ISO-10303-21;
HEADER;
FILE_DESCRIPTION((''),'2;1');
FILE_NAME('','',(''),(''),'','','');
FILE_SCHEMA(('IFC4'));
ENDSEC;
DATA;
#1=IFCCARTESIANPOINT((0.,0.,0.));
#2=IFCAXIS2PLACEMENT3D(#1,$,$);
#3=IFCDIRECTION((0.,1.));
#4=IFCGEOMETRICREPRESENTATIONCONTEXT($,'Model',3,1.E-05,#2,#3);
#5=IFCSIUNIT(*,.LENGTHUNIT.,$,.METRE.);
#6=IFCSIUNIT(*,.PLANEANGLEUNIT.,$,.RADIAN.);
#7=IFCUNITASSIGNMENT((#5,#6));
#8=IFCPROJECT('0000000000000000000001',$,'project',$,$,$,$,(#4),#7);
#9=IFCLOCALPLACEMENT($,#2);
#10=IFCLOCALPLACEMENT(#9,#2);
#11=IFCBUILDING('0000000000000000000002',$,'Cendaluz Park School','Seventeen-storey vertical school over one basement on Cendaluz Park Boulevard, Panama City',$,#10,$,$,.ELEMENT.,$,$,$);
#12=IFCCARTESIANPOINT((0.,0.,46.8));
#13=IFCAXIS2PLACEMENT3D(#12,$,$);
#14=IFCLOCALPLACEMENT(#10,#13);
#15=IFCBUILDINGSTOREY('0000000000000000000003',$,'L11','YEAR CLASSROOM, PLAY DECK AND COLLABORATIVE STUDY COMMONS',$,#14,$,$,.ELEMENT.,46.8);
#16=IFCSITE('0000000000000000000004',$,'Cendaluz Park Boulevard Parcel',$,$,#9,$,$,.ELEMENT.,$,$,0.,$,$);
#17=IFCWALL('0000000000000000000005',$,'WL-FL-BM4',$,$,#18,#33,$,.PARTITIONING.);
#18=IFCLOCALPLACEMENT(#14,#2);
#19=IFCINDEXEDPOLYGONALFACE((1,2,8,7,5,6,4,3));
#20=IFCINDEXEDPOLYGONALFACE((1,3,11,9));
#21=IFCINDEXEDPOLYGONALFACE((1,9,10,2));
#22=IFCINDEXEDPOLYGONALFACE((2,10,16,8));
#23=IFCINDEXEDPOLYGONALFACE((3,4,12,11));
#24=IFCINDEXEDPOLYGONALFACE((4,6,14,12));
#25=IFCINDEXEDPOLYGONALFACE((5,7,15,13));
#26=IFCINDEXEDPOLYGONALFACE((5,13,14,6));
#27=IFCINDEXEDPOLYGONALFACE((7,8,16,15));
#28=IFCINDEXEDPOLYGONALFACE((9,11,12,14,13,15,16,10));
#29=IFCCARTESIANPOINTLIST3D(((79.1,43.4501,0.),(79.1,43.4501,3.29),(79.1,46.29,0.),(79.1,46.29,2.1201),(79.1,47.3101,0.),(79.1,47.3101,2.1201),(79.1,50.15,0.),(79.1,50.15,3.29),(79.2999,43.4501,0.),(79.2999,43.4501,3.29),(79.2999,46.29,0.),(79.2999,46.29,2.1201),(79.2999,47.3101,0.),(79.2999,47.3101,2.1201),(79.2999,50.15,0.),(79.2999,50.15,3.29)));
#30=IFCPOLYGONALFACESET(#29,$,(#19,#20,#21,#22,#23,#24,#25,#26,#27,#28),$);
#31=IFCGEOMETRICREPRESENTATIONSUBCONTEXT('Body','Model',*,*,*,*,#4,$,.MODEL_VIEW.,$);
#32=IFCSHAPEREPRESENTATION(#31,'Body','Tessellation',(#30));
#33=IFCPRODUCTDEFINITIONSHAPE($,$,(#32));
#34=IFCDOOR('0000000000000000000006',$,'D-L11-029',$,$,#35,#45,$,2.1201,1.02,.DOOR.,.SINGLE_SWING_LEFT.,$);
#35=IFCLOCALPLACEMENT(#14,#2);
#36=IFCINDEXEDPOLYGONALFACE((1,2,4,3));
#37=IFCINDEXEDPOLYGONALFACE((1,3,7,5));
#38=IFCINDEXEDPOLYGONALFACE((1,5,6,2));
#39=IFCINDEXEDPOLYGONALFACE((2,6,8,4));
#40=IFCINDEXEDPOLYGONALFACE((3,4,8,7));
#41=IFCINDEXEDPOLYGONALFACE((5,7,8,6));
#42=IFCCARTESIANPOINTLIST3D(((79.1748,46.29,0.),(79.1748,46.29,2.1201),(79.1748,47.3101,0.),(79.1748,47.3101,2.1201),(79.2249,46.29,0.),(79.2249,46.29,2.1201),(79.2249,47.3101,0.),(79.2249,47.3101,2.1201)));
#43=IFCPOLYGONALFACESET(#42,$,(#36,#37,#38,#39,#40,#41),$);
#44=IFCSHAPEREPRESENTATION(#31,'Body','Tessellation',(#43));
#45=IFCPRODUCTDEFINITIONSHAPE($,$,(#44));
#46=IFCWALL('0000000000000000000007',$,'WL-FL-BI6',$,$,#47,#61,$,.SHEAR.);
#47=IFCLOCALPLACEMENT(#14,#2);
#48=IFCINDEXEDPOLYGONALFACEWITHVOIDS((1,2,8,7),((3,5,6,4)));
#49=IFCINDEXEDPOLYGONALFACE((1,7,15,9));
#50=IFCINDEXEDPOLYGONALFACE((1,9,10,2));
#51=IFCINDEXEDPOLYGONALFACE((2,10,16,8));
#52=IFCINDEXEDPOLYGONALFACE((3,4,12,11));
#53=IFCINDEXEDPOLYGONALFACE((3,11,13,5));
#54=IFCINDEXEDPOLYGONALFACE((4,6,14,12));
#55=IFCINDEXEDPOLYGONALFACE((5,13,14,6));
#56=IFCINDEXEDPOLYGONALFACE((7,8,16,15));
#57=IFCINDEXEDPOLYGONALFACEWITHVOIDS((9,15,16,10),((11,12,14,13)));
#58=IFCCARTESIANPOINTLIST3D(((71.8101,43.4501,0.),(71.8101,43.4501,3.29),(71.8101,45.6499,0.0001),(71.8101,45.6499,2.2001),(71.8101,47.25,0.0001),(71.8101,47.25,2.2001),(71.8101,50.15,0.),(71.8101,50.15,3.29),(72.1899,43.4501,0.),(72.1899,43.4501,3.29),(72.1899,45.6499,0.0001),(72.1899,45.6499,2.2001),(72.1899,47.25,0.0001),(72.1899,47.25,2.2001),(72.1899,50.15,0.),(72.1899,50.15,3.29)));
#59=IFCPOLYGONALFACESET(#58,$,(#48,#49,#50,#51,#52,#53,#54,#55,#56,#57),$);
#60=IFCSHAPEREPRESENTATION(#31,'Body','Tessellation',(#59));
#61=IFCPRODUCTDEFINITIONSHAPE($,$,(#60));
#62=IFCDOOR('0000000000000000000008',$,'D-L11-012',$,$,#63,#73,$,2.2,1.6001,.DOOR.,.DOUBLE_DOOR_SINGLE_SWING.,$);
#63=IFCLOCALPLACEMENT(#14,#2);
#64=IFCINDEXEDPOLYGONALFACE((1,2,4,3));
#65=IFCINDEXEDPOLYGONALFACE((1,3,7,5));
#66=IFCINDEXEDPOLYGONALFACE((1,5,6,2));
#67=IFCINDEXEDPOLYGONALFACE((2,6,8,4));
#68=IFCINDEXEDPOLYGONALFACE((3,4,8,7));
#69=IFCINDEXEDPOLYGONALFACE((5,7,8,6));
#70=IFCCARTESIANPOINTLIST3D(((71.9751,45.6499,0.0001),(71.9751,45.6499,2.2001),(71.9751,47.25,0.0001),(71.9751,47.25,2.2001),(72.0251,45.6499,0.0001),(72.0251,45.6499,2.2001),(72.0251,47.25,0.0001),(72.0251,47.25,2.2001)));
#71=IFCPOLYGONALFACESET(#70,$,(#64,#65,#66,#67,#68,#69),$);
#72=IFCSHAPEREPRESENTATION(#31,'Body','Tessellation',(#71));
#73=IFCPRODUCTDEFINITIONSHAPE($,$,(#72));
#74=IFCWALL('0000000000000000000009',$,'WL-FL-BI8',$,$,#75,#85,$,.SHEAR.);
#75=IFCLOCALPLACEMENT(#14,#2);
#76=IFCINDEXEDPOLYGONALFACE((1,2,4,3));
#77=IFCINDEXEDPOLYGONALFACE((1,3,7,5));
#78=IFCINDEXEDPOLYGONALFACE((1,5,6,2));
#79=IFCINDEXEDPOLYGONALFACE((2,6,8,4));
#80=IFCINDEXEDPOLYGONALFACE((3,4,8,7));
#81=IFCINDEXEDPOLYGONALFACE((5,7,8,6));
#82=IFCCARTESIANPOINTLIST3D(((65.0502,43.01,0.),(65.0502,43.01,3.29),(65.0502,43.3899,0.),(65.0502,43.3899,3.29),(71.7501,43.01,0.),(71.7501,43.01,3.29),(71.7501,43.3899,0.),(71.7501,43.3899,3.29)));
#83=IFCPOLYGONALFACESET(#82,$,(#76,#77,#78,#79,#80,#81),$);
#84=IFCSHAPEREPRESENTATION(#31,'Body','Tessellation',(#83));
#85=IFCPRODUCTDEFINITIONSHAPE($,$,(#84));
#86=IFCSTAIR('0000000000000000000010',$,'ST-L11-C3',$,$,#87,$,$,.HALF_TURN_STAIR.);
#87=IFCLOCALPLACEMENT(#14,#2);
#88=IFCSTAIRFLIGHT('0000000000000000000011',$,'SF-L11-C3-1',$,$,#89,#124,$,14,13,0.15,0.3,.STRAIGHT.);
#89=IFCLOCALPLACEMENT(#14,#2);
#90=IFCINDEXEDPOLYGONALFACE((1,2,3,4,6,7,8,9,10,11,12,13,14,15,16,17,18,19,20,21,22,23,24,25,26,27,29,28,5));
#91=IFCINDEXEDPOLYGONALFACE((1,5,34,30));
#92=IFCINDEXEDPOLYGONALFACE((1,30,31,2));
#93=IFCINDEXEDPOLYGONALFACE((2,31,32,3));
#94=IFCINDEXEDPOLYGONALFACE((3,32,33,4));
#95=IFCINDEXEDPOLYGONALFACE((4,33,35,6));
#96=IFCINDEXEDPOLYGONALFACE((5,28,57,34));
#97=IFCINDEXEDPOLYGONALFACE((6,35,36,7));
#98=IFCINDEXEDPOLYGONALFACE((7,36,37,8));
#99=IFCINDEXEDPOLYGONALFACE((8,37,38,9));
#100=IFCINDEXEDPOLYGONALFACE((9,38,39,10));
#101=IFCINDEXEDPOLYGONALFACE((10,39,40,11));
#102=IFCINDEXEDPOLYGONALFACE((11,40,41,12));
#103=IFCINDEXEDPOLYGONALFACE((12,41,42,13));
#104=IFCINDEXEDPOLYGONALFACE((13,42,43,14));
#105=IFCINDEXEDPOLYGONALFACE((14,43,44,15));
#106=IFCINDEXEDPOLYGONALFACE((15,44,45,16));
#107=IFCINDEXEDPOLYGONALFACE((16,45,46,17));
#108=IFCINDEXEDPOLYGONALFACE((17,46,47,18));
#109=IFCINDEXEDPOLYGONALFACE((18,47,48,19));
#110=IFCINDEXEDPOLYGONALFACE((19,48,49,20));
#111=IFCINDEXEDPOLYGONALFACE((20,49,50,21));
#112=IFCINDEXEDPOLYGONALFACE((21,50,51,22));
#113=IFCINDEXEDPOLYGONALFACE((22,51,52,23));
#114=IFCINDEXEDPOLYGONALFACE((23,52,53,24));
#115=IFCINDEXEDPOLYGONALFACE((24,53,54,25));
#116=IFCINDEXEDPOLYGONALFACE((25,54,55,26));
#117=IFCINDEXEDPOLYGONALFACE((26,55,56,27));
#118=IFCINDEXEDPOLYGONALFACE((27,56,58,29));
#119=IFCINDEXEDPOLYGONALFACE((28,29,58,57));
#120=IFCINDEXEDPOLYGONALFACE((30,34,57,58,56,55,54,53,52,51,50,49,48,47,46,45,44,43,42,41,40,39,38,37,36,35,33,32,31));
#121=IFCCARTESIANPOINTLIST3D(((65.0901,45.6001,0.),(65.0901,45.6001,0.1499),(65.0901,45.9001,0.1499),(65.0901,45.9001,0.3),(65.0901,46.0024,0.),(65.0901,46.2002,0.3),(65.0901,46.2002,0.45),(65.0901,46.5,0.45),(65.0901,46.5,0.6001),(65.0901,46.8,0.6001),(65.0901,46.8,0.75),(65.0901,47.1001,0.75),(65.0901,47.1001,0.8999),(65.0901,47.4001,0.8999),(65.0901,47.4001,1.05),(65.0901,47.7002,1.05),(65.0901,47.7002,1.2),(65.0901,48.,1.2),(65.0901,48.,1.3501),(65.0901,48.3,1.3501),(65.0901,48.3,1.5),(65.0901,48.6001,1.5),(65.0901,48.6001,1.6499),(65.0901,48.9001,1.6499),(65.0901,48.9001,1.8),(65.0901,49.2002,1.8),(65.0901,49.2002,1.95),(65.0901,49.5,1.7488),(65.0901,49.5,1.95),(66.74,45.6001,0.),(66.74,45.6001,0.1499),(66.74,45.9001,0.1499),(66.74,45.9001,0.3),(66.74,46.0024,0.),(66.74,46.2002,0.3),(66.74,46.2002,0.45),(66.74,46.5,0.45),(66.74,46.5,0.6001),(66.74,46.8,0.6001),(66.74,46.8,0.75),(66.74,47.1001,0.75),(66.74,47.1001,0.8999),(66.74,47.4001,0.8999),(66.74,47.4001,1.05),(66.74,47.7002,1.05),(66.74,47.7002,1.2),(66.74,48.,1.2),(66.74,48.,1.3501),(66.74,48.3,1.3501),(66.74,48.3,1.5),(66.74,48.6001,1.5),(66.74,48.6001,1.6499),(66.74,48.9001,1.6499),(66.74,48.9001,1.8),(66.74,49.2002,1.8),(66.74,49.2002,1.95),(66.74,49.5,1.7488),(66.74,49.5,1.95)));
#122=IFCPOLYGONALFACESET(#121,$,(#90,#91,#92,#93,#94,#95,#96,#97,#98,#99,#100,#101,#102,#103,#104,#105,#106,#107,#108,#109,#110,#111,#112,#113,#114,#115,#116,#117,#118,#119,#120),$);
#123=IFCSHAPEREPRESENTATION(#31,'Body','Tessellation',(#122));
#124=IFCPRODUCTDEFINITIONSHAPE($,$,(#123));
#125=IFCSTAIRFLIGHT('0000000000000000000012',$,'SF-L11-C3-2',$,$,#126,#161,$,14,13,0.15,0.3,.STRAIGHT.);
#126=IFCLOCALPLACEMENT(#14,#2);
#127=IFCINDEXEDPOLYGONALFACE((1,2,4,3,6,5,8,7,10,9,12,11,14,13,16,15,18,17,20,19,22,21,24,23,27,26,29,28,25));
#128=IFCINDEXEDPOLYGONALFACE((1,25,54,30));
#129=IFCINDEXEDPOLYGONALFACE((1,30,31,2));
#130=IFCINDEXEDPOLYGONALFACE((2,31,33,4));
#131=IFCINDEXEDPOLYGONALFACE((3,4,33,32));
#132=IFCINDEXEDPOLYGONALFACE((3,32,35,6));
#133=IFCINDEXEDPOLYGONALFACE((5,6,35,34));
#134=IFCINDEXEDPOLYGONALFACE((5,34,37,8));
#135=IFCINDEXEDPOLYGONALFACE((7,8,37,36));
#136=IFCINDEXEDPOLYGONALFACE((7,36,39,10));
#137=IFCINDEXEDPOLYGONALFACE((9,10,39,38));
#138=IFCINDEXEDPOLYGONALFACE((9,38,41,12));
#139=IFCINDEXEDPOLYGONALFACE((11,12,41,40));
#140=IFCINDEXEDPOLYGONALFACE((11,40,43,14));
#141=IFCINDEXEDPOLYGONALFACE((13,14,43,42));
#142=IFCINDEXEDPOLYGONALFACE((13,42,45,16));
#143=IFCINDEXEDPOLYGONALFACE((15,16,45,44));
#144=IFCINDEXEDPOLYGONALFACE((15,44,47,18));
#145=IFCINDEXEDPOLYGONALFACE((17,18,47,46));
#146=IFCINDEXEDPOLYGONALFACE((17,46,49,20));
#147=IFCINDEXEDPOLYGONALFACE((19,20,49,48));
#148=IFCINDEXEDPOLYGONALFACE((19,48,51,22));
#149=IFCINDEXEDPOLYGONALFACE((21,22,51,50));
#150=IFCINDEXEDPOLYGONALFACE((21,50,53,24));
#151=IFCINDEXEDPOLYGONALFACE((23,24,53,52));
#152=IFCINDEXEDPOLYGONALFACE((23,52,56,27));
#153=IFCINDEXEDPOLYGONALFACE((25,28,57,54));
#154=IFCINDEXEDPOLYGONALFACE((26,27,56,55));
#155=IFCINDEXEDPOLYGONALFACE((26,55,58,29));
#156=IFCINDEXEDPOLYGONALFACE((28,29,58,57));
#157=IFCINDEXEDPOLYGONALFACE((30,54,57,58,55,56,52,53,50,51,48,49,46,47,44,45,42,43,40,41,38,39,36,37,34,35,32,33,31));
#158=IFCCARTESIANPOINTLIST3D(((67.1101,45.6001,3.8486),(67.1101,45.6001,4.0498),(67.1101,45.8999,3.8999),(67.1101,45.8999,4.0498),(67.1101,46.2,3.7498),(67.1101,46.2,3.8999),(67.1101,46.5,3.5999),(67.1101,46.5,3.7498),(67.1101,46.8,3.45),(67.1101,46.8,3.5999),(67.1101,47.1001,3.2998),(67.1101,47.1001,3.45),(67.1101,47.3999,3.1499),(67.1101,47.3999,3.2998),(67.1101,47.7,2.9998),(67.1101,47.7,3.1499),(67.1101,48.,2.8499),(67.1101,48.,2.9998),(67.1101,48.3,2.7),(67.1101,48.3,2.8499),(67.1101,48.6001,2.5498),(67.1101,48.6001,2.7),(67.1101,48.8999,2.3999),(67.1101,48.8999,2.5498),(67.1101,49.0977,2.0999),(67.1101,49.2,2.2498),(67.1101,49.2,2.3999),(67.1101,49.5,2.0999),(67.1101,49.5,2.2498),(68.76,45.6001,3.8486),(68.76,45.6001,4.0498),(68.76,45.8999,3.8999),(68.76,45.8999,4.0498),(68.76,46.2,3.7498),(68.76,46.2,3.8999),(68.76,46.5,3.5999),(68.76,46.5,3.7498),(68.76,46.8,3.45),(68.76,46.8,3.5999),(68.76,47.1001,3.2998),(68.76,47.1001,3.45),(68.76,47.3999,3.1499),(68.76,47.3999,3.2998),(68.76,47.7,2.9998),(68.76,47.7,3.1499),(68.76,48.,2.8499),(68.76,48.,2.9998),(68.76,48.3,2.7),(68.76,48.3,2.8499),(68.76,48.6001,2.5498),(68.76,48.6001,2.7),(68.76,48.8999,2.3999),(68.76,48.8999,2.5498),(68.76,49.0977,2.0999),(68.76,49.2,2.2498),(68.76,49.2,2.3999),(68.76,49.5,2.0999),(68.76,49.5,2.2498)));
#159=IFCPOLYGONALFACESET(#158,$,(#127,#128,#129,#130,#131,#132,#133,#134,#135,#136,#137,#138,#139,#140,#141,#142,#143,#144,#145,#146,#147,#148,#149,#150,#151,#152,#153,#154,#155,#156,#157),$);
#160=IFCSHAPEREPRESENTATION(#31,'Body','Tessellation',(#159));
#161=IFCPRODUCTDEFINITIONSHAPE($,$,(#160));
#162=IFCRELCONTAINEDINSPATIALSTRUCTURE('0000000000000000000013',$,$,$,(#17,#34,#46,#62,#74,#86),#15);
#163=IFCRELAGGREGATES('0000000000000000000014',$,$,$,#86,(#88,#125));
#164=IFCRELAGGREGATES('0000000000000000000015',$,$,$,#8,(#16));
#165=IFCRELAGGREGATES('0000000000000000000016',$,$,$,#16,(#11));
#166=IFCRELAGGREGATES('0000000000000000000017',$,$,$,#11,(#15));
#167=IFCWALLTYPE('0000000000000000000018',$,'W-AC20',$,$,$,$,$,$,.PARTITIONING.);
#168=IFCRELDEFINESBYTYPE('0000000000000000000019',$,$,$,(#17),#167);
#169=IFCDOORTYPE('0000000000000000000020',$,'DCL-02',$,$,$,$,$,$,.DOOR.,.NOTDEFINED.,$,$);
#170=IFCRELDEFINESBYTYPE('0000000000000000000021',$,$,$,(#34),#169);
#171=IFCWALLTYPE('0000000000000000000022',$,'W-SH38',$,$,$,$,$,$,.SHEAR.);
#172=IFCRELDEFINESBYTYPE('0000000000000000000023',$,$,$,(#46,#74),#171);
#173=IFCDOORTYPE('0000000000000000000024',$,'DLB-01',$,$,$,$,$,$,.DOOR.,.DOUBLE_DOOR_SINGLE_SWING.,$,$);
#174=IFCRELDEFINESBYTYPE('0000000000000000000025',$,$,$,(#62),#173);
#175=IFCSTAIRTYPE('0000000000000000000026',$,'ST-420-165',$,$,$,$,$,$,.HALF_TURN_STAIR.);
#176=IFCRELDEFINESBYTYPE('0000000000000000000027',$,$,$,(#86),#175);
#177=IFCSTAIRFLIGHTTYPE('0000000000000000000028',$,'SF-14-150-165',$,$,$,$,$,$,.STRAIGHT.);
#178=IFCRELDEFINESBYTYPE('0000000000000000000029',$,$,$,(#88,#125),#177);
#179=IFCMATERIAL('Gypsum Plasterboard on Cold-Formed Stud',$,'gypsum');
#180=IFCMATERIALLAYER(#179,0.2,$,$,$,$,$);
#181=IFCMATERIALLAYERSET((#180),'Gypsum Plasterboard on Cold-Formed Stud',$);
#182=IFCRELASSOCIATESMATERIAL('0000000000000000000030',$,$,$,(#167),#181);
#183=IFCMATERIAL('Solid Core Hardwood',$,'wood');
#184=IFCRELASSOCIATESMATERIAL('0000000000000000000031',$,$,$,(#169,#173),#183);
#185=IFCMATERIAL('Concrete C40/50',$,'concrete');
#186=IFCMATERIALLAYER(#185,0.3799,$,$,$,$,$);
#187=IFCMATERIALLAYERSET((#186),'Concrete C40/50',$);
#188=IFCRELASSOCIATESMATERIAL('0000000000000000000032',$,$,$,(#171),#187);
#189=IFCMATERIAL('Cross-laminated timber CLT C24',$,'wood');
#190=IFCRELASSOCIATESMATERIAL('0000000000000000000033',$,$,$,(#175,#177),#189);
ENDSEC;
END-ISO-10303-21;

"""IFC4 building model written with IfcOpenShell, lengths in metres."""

from ifc_helpers import new_model, si_unit, direction, frame, frame_2d, origin, place, context, subcontext, project, spatial, polyline, rectangle, outline, extrude, material, layer, layer_set, type_object, element, fill, aggregate, save


model = new_model("IFC4")

# Units and contexts
model_context = context("Model", 3, precision=1e-05, world=origin(), true_north=direction((0.0, 1.0)))
body_context = subcontext(model_context, "Body", "Model", "MODEL_VIEW")
ifc_project = project(units=[si_unit("LENGTHUNIT", "METRE"), si_unit("PLANEANGLEUNIT", "RADIAN")], contexts=[model_context])

# Site, building, storey
site_placement = place(None, origin())
site = spatial("IfcSite", under=ifc_project, at=site_placement, Name="Cendaluz Park Boulevard Parcel", CompositionType="ELEMENT", RefElevation=0.0)
building_placement = place(site_placement, origin())
building = spatial("IfcBuilding", under=site, at=building_placement, Name="Cendaluz Park School", Description="Seventeen-storey vertical school over one basement on Cendaluz Park Boulevard, Panama City", CompositionType="ELEMENT")
storey_placement = place(building_placement, frame((0.0, 0.0, 46.8)))
storey = spatial("IfcBuildingStorey", under=building, at=storey_placement, Name="L11", Description="YEAR CLASSROOM, PLAY DECK AND COLLABORATIVE STUDY COMMONS", CompositionType="ELEMENT", Elevation=46.8)

# Wall, opening, door
ifc_material_1 = material(Name="Gypsum Plasterboard on Cold-Formed Stud", Category="gypsum")
ifc_layer_1 = layer(ifc_material_1, 0.2)
ifc_layer_set_1 = layer_set([ifc_layer_1], Name="Gypsum Plasterboard on Cold-Formed Stud")
wall_type_1 = type_object("IfcWallType", Name="W-AC20", PredefinedType="PARTITIONING", material=ifc_layer_set_1)
ifc_material_2 = material(Name="Solid Core Hardwood", Category="wood")
wall_1_placement = place(storey_placement, frame((79.2, 43.45, 0.0), z_axis=(0.0, 0.0, 1.0), x_axis=(0.0, 1.0, 0.0)))
wall_1 = element("IfcWall", 1, at=wall_1_placement, inside=storey, type_object=wall_type_1, Name="WL-FL-BM4", PredefinedType="PARTITIONING", context=body_context, shape_type="SweptSolid", body=[
    extrude(rectangle(XDim=6.7, YDim=0.2, at=frame_2d((3.3501, 0.0))), origin(), (0.0, 0.0, 1.0), 3.29),
])
opening_1_placement = place(wall_1_placement, frame((2.8401, 0.0, 0.0)))
opening_1 = element("IfcOpeningElement", 2, at=opening_1_placement, cuts=wall_1, PredefinedType="OPENING", context=body_context, shape_type="SweptSolid", body=[
    extrude(rectangle(XDim=1.02, YDim=2.1201, at=frame_2d((0.51, 1.0601))), frame((0.0, 0.1121, 0.0), z_axis=(0.0, -1.0, 0.0), x_axis=(1.0, 0.0, 0.0)), (0.0, 0.0, 1.0), 0.2239),
])
door_type_1 = type_object("IfcDoorType", Name="DCL-02", OperationType="NOTDEFINED", PredefinedType="DOOR", material=ifc_material_2)
door_1_placement = place(opening_1_placement, frame((1.02, 0.0, 0.0), z_axis=(0.0, 0.0, 1.0), x_axis=(-1.0, 0.0, 0.0)))
door_1 = element("IfcDoor", 3, at=door_1_placement, inside=storey, type_object=door_type_1, Name="D-L11-029", OperationType="SINGLE_SWING_LEFT", OverallHeight=2.1201, OverallWidth=1.02, PredefinedType="DOOR", context=body_context, shape_type="SweptSolid", body=[
    extrude(rectangle(XDim=1.02, YDim=2.1201, at=frame_2d((0.51, 1.0601))), frame((0.0, 0.0249, 0.0), z_axis=(0.0, -1.0, 0.0), x_axis=(1.0, 0.0, 0.0)), (0.0, 0.0, 1.0), 0.05),
])
fill(opening_1, door_1)

# Shared definitions
ifc_material_3 = material(Name="Concrete C40/50", Category="concrete")

# Wall, opening, door
ifc_layer_2 = layer(ifc_material_3, 0.3799)
ifc_layer_set_2 = layer_set([ifc_layer_2], Name="Concrete C40/50")
wall_type_2 = type_object("IfcWallType", Name="W-SH38", PredefinedType="SHEAR", material=ifc_layer_set_2)
wall_2_placement = place(storey_placement, frame((72.0, 43.45, 0.0), z_axis=(0.0, 0.0, 1.0), x_axis=(0.0, 1.0, 0.0)))
wall_2 = element("IfcWall", 4, at=wall_2_placement, inside=storey, type_object=wall_type_2, Name="WL-FL-BI6", PredefinedType="SHEAR", context=body_context, shape_type="SweptSolid", body=[
    extrude(rectangle(XDim=6.7, YDim=0.3799, at=frame_2d((3.3501, 0.0))), origin(), (0.0, 0.0, 1.0), 3.29),
])
opening_2_placement = place(wall_2_placement, frame((2.2, 0.0, 0.0)))
opening_2 = element("IfcOpeningElement", 5, at=opening_2_placement, cuts=wall_2, PredefinedType="OPENING", context=body_context, shape_type="SweptSolid", body=[
    extrude(rectangle(XDim=1.6001, YDim=2.2, at=frame_2d((0.8, 1.1001))), frame((0.0, 0.2019, 0.0), z_axis=(0.0, -1.0, 0.0), x_axis=(1.0, 0.0, 0.0)), (0.0, 0.0, 1.0), 0.4038),
])
door_type_2 = type_object("IfcDoorType", Name="DLB-01", OperationType="DOUBLE_DOOR_SINGLE_SWING", PredefinedType="DOOR", material=ifc_material_2)
door_2_placement = place(opening_2_placement, origin())
door_2 = element("IfcDoor", 6, at=door_2_placement, inside=storey, type_object=door_type_2, Name="D-L11-012", OperationType="DOUBLE_DOOR_SINGLE_SWING", OverallHeight=2.2, OverallWidth=1.6001, PredefinedType="DOOR", context=body_context, shape_type="SweptSolid", body=[
    extrude(rectangle(XDim=1.6001, YDim=2.2, at=frame_2d((0.8, 1.1001))), frame((0.0, 0.0249, 0.0), z_axis=(0.0, -1.0, 0.0), x_axis=(1.0, 0.0, 0.0)), (0.0, 0.0, 1.0), 0.05),
])
fill(opening_2, door_2)

# Wall
wall_3_placement = place(storey_placement, frame((65.05, 43.2, 0.0), z_axis=(0.0, 0.0, 1.0), x_axis=(1.0, 0.0, 0.0)))
element("IfcWall", 7, at=wall_3_placement, inside=storey, type_object=wall_type_2, Name="WL-FL-BI8", PredefinedType="SHEAR", context=body_context, shape_type="SweptSolid", body=[
    extrude(rectangle(XDim=6.7, YDim=0.3799, at=frame_2d((3.3501, 0.0))), origin(), (0.0, 0.0, 1.0), 3.29),
])

# Stair, stair flights
ifc_material_4 = material(Name="Cross-laminated timber CLT C24", Category="wood")
stair_type = type_object("IfcStairType", Name="ST-420-165", PredefinedType="HALF_TURN_STAIR", material=ifc_material_4)
stair_placement = place(storey_placement, origin())
stair = element("IfcStair", 8, at=stair_placement, inside=storey, type_object=stair_type, Name="ST-L11-C3", PredefinedType="HALF_TURN_STAIR")
stair_flight_type = type_object("IfcStairFlightType", Name="SF-14-150-165", PredefinedType="STRAIGHT", material=ifc_material_4)
stair_flight_1_placement = place(storey_placement, frame((65.915, 45.6001, 0.0), z_axis=(0.0, 0.0, 1.0), x_axis=(0.0, 1.0, 0.0)))
stair_flight_1 = element("IfcStairFlight", 9, at=stair_flight_1_placement, type_object=stair_flight_type, Name="SF-L11-C3-1", NumberOfRisers=14, NumberOfTreads=13, PredefinedType="STRAIGHT", RiserHeight=0.15, TreadLength=0.3, context=body_context, shape_type="SweptSolid", body=[
    extrude(outline(polyline([(0.0, 0.0), (0.0, 0.1499), (0.3, 0.1499), (0.3, 0.3), (0.6001, 0.3), (0.6001, 0.45), (0.8999, 0.45), (0.8999, 0.6001), (1.2, 0.6001), (1.2, 0.75), (1.5, 0.75), (1.5, 0.8999), (1.8, 0.8999), (1.8, 1.05), (2.1001, 1.05), (2.1001, 1.2), (2.3999, 1.2), (2.3999, 1.3501), (2.7, 1.3501), (2.7, 1.5), (3.0, 1.5), (3.0, 1.6499), (3.3, 1.6499), (3.3, 1.8), (3.6001, 1.8), (3.6001, 1.95), (3.8999, 1.95), (3.8999, 2.1001), (3.8999, 1.7488), (0.4023, 0.0), (0.0, 0.0)])), frame((0.0, 0.825, 0.0), z_axis=(0.0, -1.0, 0.0), x_axis=(1.0, 0.0, 0.0)), (0.0, 0.0, 1.0), 1.6499),
])
stair_flight_2_placement = place(storey_placement, frame((67.9351, 49.5, 2.0999), z_axis=(0.0, 0.0, 1.0), x_axis=(0.0, -1.0, 0.0)))
stair_flight_2 = element("IfcStairFlight", 10, at=stair_flight_2_placement, type_object=stair_flight_type, Name="SF-L11-C3-2", NumberOfRisers=14, NumberOfTreads=13, PredefinedType="STRAIGHT", RiserHeight=0.15, TreadLength=0.3, context=body_context, shape_type="SweptSolid", body=[
    extrude(outline(polyline([(0.0, 0.0), (0.0, 0.1499), (0.3, 0.1499), (0.3, 0.3), (0.6001, 0.3), (0.6001, 0.45), (0.8999, 0.45), (0.8999, 0.6001), (1.2, 0.6001), (1.2, 0.75), (1.5, 0.75), (1.5, 0.8999), (1.8, 0.8999), (1.8, 1.05), (2.1001, 1.05), (2.1001, 1.2), (2.3999, 1.2), (2.3999, 1.3501), (2.7, 1.3501), (2.7, 1.5), (3.0, 1.5), (3.0, 1.6499), (3.3, 1.6499), (3.3, 1.8), (3.6001, 1.8), (3.6001, 1.95), (3.8999, 1.95), (3.8999, 2.1001), (3.8999, 1.7488), (0.4023, 0.0), (0.0, 0.0)])), frame((0.0, 0.825, 0.0), z_axis=(0.0, -1.0, 0.0), x_axis=(1.0, 0.0, 0.0)), (0.0, 0.0, 1.0), 1.6499),
])
aggregate(stair, [stair_flight_1, stair_flight_2])

save(model, "model.ifc")
